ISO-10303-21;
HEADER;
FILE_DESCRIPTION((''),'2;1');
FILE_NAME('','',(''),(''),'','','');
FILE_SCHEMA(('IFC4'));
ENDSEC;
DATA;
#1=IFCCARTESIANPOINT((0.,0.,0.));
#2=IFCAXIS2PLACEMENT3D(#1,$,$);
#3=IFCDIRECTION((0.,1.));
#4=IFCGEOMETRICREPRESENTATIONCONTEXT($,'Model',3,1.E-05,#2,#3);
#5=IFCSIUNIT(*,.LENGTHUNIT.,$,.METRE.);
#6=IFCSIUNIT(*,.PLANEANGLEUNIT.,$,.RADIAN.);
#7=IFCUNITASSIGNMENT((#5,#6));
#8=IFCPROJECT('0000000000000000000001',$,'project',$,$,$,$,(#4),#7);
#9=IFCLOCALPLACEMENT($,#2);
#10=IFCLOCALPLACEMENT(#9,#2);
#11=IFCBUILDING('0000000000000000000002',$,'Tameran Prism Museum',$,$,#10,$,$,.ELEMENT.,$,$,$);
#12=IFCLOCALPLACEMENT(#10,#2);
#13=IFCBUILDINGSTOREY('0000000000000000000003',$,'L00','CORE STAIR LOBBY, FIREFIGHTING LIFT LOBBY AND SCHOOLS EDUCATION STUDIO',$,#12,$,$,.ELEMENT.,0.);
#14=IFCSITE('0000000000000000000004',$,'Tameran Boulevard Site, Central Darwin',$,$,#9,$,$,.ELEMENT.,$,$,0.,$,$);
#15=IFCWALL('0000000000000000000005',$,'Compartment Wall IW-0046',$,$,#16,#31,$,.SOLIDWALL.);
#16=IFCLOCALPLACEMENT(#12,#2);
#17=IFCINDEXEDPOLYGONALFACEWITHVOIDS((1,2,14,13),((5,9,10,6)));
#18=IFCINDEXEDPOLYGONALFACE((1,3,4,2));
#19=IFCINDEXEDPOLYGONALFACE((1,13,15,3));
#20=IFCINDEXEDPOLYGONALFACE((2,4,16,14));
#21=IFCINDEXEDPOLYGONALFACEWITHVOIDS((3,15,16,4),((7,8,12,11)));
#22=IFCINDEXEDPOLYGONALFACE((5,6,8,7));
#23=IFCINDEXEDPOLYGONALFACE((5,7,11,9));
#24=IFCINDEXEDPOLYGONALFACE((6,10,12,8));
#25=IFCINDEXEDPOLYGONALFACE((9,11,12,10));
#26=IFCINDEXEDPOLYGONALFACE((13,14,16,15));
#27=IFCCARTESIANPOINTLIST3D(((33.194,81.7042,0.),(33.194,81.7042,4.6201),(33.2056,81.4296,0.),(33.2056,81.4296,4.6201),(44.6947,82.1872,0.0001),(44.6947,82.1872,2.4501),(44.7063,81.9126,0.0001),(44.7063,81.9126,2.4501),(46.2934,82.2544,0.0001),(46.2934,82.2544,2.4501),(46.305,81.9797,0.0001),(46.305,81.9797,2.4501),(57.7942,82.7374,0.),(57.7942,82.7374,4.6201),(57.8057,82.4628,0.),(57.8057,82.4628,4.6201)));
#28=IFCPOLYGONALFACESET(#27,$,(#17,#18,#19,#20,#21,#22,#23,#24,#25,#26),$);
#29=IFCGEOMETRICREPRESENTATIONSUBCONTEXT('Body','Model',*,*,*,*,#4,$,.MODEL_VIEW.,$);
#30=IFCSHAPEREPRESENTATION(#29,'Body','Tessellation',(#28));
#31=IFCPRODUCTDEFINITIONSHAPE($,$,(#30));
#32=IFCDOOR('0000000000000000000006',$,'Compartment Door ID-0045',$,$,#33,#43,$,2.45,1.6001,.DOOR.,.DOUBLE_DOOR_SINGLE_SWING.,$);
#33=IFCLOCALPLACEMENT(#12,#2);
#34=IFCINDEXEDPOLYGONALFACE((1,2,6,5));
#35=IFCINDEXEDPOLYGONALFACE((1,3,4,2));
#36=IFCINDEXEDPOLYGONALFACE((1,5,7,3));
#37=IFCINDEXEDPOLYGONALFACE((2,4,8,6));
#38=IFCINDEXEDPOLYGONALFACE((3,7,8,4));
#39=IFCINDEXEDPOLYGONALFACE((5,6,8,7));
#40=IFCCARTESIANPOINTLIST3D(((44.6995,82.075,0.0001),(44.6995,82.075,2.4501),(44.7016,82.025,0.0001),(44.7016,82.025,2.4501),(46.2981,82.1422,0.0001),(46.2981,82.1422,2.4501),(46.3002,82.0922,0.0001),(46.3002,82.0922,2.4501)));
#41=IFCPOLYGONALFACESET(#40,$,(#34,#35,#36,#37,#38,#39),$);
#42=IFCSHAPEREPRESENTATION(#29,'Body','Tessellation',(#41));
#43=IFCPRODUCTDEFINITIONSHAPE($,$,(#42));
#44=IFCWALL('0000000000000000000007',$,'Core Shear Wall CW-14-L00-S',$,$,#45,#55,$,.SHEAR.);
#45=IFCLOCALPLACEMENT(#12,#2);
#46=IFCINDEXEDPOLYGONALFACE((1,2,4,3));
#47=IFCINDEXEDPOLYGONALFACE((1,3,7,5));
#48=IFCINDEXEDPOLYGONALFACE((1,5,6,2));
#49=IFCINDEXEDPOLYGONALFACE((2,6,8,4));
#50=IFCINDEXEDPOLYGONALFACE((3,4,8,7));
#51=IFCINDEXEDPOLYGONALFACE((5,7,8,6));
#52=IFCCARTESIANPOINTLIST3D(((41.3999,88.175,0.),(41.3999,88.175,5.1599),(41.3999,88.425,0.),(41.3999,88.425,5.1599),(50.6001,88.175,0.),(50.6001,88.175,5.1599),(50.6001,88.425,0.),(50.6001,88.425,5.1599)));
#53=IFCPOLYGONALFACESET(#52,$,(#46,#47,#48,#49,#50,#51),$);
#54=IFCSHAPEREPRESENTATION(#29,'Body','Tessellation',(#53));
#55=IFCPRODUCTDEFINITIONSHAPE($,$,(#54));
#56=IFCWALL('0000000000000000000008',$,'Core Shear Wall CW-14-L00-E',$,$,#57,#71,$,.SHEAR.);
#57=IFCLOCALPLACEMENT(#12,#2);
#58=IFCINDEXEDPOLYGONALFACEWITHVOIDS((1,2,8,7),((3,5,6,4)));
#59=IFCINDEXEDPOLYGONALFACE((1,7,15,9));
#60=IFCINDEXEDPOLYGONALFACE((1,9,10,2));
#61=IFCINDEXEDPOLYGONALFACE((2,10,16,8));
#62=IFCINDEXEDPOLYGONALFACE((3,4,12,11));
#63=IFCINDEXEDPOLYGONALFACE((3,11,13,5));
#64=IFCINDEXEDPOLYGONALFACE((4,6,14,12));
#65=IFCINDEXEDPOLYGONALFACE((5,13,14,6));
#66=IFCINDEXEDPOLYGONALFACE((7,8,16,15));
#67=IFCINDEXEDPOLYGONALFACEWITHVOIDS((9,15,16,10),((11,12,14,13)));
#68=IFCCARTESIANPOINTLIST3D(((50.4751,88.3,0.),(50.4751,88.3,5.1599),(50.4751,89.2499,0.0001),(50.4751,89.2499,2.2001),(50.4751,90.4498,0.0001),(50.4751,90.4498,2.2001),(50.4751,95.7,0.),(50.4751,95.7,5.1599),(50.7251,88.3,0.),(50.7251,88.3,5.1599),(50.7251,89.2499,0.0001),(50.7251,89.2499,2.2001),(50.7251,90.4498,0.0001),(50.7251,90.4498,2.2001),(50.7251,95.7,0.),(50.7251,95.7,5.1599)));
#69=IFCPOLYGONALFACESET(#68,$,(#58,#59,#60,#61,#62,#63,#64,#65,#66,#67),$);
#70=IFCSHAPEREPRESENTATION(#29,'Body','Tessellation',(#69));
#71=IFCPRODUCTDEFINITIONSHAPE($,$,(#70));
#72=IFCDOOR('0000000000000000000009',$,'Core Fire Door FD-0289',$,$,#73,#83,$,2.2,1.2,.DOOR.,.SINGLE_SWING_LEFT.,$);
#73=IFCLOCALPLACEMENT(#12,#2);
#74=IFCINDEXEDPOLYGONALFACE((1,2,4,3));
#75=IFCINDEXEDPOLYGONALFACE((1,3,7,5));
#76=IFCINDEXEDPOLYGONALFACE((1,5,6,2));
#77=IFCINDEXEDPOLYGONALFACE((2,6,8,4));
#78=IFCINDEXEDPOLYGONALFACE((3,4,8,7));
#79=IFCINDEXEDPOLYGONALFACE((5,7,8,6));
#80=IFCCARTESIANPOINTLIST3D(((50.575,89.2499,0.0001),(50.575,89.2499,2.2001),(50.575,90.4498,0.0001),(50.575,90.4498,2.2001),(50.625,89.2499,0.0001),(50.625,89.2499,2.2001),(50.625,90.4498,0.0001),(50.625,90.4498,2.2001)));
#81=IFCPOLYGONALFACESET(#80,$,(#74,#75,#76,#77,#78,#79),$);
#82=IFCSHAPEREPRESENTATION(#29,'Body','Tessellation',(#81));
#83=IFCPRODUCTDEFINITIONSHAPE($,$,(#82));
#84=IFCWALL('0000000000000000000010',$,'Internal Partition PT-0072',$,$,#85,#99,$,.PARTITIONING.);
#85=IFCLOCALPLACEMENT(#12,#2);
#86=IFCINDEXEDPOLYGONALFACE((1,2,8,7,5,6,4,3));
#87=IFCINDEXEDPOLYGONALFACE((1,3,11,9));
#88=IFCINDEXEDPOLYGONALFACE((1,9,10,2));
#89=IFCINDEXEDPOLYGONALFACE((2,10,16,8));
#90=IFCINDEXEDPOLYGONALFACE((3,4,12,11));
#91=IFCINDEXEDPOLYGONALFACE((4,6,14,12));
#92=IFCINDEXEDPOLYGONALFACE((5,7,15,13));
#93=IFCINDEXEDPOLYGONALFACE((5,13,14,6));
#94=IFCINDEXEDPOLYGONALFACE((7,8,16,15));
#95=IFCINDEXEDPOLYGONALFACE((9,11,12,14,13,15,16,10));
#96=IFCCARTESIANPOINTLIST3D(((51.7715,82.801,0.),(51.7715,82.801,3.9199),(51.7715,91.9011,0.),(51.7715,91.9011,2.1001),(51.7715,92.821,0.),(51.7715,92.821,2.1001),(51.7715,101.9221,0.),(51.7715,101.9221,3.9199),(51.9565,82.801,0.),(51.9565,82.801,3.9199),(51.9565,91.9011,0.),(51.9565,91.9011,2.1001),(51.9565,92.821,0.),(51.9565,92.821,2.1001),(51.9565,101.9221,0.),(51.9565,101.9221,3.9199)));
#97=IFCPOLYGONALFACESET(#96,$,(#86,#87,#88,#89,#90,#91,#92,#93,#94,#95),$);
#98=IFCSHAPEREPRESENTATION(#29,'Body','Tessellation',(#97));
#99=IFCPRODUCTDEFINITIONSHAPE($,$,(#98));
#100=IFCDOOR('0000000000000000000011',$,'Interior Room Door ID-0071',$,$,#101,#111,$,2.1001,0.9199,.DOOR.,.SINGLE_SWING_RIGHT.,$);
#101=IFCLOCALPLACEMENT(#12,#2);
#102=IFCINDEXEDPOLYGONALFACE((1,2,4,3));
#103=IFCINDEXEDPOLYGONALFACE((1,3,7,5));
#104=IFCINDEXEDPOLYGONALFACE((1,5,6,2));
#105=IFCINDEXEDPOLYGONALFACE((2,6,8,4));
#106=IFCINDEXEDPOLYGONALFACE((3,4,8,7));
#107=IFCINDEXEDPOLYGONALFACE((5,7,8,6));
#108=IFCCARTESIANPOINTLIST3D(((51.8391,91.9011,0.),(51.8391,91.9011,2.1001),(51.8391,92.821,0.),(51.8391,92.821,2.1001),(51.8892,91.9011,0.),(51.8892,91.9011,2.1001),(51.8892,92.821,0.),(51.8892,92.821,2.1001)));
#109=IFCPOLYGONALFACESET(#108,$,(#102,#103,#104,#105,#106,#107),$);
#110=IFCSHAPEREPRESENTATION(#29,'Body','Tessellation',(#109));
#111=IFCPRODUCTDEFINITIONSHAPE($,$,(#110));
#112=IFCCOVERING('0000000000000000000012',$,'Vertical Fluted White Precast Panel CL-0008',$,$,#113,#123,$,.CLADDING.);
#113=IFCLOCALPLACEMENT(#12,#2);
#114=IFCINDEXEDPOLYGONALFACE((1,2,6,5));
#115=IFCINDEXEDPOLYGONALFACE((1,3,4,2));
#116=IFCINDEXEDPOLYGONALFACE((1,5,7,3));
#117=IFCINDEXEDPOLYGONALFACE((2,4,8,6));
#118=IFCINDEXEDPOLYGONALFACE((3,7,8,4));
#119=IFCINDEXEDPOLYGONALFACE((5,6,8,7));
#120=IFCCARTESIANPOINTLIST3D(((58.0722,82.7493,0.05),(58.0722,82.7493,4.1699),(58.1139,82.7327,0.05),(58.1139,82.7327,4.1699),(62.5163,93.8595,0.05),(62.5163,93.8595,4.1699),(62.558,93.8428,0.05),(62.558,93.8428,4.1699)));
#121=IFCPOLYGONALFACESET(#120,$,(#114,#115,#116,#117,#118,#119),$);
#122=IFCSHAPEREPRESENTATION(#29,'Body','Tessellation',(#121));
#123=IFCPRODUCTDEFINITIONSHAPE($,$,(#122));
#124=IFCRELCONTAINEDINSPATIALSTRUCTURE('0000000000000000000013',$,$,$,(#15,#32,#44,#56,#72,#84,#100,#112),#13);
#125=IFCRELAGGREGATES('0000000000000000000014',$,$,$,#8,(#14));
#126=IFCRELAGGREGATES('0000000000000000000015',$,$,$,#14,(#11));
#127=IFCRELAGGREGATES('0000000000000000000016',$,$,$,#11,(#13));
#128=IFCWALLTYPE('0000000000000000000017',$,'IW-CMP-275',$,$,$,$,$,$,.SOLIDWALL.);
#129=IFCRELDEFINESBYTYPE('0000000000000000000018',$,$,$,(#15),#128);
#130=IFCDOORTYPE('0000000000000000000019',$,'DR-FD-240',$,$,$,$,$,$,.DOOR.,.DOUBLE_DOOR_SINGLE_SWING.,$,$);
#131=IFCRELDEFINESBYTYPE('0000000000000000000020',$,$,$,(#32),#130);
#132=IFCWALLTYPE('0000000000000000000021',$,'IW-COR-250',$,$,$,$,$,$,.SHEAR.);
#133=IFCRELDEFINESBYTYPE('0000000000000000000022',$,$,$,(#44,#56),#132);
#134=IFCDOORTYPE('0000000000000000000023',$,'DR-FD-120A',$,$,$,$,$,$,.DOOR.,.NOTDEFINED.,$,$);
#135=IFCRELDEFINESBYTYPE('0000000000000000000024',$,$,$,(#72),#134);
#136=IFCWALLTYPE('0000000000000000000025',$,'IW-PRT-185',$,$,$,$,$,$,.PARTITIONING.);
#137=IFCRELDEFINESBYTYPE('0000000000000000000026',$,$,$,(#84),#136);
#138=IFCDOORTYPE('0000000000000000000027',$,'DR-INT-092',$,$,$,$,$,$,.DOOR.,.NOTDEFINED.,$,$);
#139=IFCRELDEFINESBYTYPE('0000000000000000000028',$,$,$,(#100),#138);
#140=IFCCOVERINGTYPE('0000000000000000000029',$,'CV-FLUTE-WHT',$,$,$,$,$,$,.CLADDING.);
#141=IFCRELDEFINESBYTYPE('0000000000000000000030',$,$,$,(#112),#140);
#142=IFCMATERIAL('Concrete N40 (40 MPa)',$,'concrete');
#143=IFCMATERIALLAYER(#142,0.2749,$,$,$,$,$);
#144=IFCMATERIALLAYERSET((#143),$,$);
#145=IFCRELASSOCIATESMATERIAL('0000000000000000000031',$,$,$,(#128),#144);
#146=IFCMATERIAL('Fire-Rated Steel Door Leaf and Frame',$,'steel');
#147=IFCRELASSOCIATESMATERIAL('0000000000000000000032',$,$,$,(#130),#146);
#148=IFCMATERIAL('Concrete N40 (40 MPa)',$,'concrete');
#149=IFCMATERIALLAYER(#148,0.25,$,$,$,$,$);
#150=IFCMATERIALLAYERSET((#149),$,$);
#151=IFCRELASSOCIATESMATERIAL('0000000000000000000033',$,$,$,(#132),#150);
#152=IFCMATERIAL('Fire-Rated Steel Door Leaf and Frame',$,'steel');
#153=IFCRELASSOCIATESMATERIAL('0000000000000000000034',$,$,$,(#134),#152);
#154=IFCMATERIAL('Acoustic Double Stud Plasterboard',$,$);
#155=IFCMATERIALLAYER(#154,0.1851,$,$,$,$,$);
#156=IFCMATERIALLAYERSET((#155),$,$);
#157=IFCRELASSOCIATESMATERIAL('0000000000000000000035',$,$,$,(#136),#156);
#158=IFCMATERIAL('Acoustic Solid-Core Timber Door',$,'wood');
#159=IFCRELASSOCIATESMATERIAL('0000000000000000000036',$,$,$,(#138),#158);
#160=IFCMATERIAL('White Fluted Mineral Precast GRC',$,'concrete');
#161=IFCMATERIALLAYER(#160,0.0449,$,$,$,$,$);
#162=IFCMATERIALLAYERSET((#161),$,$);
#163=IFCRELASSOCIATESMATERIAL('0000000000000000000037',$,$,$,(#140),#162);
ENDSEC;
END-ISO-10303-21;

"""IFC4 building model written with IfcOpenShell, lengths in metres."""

from ifc_helpers import new_model, si_unit, direction, frame, frame_2d, origin, place, context, subcontext, project, spatial, rectangle, extrude, material, layer, layer_set, type_object, element, fill, save


model = new_model("IFC4")

# Units and contexts
model_context = context("Model", 3, precision=1e-05, world=origin(), true_north=direction((0.0, 1.0)))
body_context = subcontext(model_context, "Body", "Model", "MODEL_VIEW")
ifc_project = project(units=[si_unit("LENGTHUNIT", "METRE"), si_unit("PLANEANGLEUNIT", "RADIAN")], contexts=[model_context])

# Site, building, storey
site_placement = place(None, origin())
site = spatial("IfcSite", under=ifc_project, at=site_placement, Name="Tameran Boulevard Site, Central Darwin", CompositionType="ELEMENT", RefElevation=0.0)
building_placement = place(site_placement, origin())
building = spatial("IfcBuilding", under=site, at=building_placement, Name="Tameran Prism Museum", CompositionType="ELEMENT")
storey_placement = place(building_placement, origin())
storey = spatial("IfcBuildingStorey", under=building, at=storey_placement, Name="L00", Description="CORE STAIR LOBBY, FIREFIGHTING LIFT LOBBY AND SCHOOLS EDUCATION STUDIO", CompositionType="ELEMENT", Elevation=0.0)

# Wall, opening, door
ifc_material_1 = material(Name="Concrete N40 (40 MPa)", Category="concrete")
ifc_layer_1 = layer(ifc_material_1, 0.2749)
ifc_layer_set_1 = layer_set([ifc_layer_1])
wall_type_1 = type_object("IfcWallType", Name="IW-CMP-275", PredefinedType="SOLIDWALL", material=ifc_layer_set_1)
wall_1_placement = place(storey_placement, frame((57.8, 82.6001, 0.0), z_axis=(0.0, 0.0, 1.0), x_axis=(-0.999119, -0.041963, 0.0)))
wall_1 = element("IfcWall", 1, at=wall_1_placement, inside=storey, type_object=wall_type_1, Name="Compartment Wall IW-0046", PredefinedType="SOLIDWALL", context=body_context, shape_type="SweptSolid", body=[
    extrude(rectangle(XDim=24.6218, YDim=0.2749, at=frame_2d((12.311, 0.0))), origin(), (0.0, 0.0, 1.0), 4.6201),
])
opening_1_placement = place(wall_1_placement, frame((11.511, 0.0, 0.0)))
opening_1 = element("IfcOpeningElement", 2, at=opening_1_placement, cuts=wall_1, PredefinedType="OPENING", context=body_context, shape_type="SweptSolid", body=[
    extrude(rectangle(XDim=1.6001, YDim=2.45, at=frame_2d((0.8, 1.2251))), frame((0.0, 0.1475, 0.0), z_axis=(0.0, -1.0, 0.0), x_axis=(1.0, 0.0, 0.0)), (0.0, 0.0, 1.0), 0.2949),
])
ifc_material_2 = material(Name="Fire-Rated Steel Door Leaf and Frame", Category="steel")
door_type_1 = type_object("IfcDoorType", Name="DR-FD-240", OperationType="DOUBLE_DOOR_SINGLE_SWING", PredefinedType="DOOR", material=ifc_material_2)
door_1_placement = place(opening_1_placement, origin())
door_1 = element("IfcDoor", 3, at=door_1_placement, inside=storey, type_object=door_type_1, Name="Compartment Door ID-0045", OperationType="DOUBLE_DOOR_SINGLE_SWING", OverallHeight=2.45, OverallWidth=1.6001, PredefinedType="DOOR", context=body_context, shape_type="SweptSolid", body=[
    extrude(rectangle(XDim=1.6001, YDim=2.45, at=frame_2d((0.8, 1.2251))), frame((0.0, 0.0249, 0.0), z_axis=(0.0, -1.0, 0.0), x_axis=(1.0, 0.0, 0.0)), (0.0, 0.0, 1.0), 0.05),
])
fill(opening_1, door_1)

# Wall
ifc_material_3 = material(Name="Concrete N40 (40 MPa)", Category="concrete")
ifc_layer_2 = layer(ifc_material_3, 0.25)
ifc_layer_set_2 = layer_set([ifc_layer_2])
wall_type_2 = type_object("IfcWallType", Name="IW-COR-250", PredefinedType="SHEAR", material=ifc_layer_set_2)
wall_2_placement = place(storey_placement, frame((50.6001, 88.3, 0.0), z_axis=(0.0, 0.0, 1.0), x_axis=(-1.0, 0.0, 0.0)))
element("IfcWall", 4, at=wall_2_placement, inside=storey, type_object=wall_type_2, Name="Core Shear Wall CW-14-L00-S", PredefinedType="SHEAR", context=body_context, shape_type="SweptSolid", body=[
    extrude(rectangle(XDim=9.2002, YDim=0.25, at=frame_2d((4.6001, 0.0))), origin(), (0.0, 0.0, 1.0), 5.1599),
])

# Walls, openings, doors
wall_3_placement = place(storey_placement, frame((50.6001, 95.7, 0.0), z_axis=(0.0, 0.0, 1.0), x_axis=(0.0, -1.0, 0.0)))
wall_3 = element("IfcWall", 5, at=wall_3_placement, inside=storey, type_object=wall_type_2, Name="Core Shear Wall CW-14-L00-E", PredefinedType="SHEAR", context=body_context, shape_type="SweptSolid", body=[
    extrude(rectangle(XDim=7.3999, YDim=0.25, at=frame_2d((3.7, 0.0))), origin(), (0.0, 0.0, 1.0), 5.1599),
])
opening_2_placement = place(wall_3_placement, frame((5.25, 0.0, 0.0)))
opening_2 = element("IfcOpeningElement", 6, at=opening_2_placement, cuts=wall_3, PredefinedType="OPENING", context=body_context, shape_type="SweptSolid", body=[
    extrude(rectangle(XDim=1.2, YDim=2.2, at=frame_2d((0.6001, 1.1001))), frame((0.0, 0.135, 0.0), z_axis=(0.0, -1.0, 0.0), x_axis=(1.0, 0.0, 0.0)), (0.0, 0.0, 1.0), 0.27),
])
ifc_material_4 = material(Name="Fire-Rated Steel Door Leaf and Frame", Category="steel")
door_type_2 = type_object("IfcDoorType", Name="DR-FD-120A", OperationType="NOTDEFINED", PredefinedType="DOOR", material=ifc_material_4)
door_2_placement = place(opening_2_placement, origin())
door_2 = element("IfcDoor", 7, at=door_2_placement, inside=storey, type_object=door_type_2, Name="Core Fire Door FD-0289", OperationType="SINGLE_SWING_LEFT", OverallHeight=2.2, OverallWidth=1.2, PredefinedType="DOOR", context=body_context, shape_type="SweptSolid", body=[
    extrude(rectangle(XDim=1.2, YDim=2.2, at=frame_2d((0.6001, 1.1001))), frame((0.0, 0.0249, 0.0), z_axis=(0.0, -1.0, 0.0), x_axis=(1.0, 0.0, 0.0)), (0.0, 0.0, 1.0), 0.05),
])
fill(opening_2, door_2)
ifc_material_5 = material(Name="Acoustic Double Stud Plasterboard")
ifc_layer_3 = layer(ifc_material_5, 0.1851)
ifc_layer_set_3 = layer_set([ifc_layer_3])
wall_type_3 = type_object("IfcWallType", Name="IW-PRT-185", PredefinedType="PARTITIONING", material=ifc_layer_set_3)
wall_4_placement = place(storey_placement, frame((51.864, 82.801, 0.0), z_axis=(0.0, 0.0, 1.0), x_axis=(0.0, 1.0, 0.0)))
wall_4 = element("IfcWall", 8, at=wall_4_placement, inside=storey, type_object=wall_type_3, Name="Internal Partition PT-0072", PredefinedType="PARTITIONING", context=body_context, shape_type="SweptSolid", body=[
    extrude(rectangle(XDim=19.1211, YDim=0.1851, at=frame_2d((9.5605, 0.0))), origin(), (0.0, 0.0, 1.0), 3.9199),
])
opening_3_placement = place(wall_4_placement, frame((9.1001, 0.0, 0.0)))
opening_3 = element("IfcOpeningElement", 9, at=opening_3_placement, cuts=wall_4, PredefinedType="OPENING", context=body_context, shape_type="SweptSolid", body=[
    extrude(rectangle(XDim=0.9199, YDim=2.1001, at=frame_2d((0.46, 1.05))), frame((0.0, 0.1025, 0.0), z_axis=(0.0, -1.0, 0.0), x_axis=(1.0, 0.0, 0.0)), (0.0, 0.0, 1.0), 0.2051),
])
ifc_material_6 = material(Name="Acoustic Solid-Core Timber Door", Category="wood")
door_type_3 = type_object("IfcDoorType", Name="DR-INT-092", OperationType="NOTDEFINED", PredefinedType="DOOR", material=ifc_material_6)
door_3_placement = place(opening_3_placement, origin())
door_3 = element("IfcDoor", 10, at=door_3_placement, inside=storey, type_object=door_type_3, Name="Interior Room Door ID-0071", OperationType="SINGLE_SWING_RIGHT", OverallHeight=2.1001, OverallWidth=0.9199, PredefinedType="DOOR", context=body_context, shape_type="SweptSolid", body=[
    extrude(rectangle(XDim=0.9199, YDim=2.1001, at=frame_2d((0.46, 1.05))), frame((0.0, 0.0249, 0.0), z_axis=(0.0, -1.0, 0.0), x_axis=(1.0, 0.0, 0.0)), (0.0, 0.0, 1.0), 0.05),
])
fill(opening_3, door_3)

# Covering
ifc_material_7 = material(Name="White Fluted Mineral Precast GRC", Category="concrete")
ifc_layer_4 = layer(ifc_material_7, 0.0449)
ifc_layer_set_4 = layer_set([ifc_layer_4])
covering_type = type_object("IfcCoveringType", Name="CV-FLUTE-WHT", PredefinedType="CLADDING", material=ifc_layer_set_4)
covering_placement = place(storey_placement, frame((62.5371, 93.8511, 0.05), z_axis=(0.0, 0.0, 1.0), x_axis=(-0.371394, -0.928475, 0.0)))
element("IfcCovering", 11, at=covering_placement, inside=storey, type_object=covering_type, Name="Vertical Fluted White Precast Panel CL-0008", PredefinedType="CLADDING", context=body_context, shape_type="SweptSolid", body=[
    extrude(rectangle(XDim=11.9661, YDim=0.0449, at=frame_2d((5.9829, 0.0))), origin(), (0.0, 0.0, 1.0), 4.1199),
])

save(model, "model.ifc")
